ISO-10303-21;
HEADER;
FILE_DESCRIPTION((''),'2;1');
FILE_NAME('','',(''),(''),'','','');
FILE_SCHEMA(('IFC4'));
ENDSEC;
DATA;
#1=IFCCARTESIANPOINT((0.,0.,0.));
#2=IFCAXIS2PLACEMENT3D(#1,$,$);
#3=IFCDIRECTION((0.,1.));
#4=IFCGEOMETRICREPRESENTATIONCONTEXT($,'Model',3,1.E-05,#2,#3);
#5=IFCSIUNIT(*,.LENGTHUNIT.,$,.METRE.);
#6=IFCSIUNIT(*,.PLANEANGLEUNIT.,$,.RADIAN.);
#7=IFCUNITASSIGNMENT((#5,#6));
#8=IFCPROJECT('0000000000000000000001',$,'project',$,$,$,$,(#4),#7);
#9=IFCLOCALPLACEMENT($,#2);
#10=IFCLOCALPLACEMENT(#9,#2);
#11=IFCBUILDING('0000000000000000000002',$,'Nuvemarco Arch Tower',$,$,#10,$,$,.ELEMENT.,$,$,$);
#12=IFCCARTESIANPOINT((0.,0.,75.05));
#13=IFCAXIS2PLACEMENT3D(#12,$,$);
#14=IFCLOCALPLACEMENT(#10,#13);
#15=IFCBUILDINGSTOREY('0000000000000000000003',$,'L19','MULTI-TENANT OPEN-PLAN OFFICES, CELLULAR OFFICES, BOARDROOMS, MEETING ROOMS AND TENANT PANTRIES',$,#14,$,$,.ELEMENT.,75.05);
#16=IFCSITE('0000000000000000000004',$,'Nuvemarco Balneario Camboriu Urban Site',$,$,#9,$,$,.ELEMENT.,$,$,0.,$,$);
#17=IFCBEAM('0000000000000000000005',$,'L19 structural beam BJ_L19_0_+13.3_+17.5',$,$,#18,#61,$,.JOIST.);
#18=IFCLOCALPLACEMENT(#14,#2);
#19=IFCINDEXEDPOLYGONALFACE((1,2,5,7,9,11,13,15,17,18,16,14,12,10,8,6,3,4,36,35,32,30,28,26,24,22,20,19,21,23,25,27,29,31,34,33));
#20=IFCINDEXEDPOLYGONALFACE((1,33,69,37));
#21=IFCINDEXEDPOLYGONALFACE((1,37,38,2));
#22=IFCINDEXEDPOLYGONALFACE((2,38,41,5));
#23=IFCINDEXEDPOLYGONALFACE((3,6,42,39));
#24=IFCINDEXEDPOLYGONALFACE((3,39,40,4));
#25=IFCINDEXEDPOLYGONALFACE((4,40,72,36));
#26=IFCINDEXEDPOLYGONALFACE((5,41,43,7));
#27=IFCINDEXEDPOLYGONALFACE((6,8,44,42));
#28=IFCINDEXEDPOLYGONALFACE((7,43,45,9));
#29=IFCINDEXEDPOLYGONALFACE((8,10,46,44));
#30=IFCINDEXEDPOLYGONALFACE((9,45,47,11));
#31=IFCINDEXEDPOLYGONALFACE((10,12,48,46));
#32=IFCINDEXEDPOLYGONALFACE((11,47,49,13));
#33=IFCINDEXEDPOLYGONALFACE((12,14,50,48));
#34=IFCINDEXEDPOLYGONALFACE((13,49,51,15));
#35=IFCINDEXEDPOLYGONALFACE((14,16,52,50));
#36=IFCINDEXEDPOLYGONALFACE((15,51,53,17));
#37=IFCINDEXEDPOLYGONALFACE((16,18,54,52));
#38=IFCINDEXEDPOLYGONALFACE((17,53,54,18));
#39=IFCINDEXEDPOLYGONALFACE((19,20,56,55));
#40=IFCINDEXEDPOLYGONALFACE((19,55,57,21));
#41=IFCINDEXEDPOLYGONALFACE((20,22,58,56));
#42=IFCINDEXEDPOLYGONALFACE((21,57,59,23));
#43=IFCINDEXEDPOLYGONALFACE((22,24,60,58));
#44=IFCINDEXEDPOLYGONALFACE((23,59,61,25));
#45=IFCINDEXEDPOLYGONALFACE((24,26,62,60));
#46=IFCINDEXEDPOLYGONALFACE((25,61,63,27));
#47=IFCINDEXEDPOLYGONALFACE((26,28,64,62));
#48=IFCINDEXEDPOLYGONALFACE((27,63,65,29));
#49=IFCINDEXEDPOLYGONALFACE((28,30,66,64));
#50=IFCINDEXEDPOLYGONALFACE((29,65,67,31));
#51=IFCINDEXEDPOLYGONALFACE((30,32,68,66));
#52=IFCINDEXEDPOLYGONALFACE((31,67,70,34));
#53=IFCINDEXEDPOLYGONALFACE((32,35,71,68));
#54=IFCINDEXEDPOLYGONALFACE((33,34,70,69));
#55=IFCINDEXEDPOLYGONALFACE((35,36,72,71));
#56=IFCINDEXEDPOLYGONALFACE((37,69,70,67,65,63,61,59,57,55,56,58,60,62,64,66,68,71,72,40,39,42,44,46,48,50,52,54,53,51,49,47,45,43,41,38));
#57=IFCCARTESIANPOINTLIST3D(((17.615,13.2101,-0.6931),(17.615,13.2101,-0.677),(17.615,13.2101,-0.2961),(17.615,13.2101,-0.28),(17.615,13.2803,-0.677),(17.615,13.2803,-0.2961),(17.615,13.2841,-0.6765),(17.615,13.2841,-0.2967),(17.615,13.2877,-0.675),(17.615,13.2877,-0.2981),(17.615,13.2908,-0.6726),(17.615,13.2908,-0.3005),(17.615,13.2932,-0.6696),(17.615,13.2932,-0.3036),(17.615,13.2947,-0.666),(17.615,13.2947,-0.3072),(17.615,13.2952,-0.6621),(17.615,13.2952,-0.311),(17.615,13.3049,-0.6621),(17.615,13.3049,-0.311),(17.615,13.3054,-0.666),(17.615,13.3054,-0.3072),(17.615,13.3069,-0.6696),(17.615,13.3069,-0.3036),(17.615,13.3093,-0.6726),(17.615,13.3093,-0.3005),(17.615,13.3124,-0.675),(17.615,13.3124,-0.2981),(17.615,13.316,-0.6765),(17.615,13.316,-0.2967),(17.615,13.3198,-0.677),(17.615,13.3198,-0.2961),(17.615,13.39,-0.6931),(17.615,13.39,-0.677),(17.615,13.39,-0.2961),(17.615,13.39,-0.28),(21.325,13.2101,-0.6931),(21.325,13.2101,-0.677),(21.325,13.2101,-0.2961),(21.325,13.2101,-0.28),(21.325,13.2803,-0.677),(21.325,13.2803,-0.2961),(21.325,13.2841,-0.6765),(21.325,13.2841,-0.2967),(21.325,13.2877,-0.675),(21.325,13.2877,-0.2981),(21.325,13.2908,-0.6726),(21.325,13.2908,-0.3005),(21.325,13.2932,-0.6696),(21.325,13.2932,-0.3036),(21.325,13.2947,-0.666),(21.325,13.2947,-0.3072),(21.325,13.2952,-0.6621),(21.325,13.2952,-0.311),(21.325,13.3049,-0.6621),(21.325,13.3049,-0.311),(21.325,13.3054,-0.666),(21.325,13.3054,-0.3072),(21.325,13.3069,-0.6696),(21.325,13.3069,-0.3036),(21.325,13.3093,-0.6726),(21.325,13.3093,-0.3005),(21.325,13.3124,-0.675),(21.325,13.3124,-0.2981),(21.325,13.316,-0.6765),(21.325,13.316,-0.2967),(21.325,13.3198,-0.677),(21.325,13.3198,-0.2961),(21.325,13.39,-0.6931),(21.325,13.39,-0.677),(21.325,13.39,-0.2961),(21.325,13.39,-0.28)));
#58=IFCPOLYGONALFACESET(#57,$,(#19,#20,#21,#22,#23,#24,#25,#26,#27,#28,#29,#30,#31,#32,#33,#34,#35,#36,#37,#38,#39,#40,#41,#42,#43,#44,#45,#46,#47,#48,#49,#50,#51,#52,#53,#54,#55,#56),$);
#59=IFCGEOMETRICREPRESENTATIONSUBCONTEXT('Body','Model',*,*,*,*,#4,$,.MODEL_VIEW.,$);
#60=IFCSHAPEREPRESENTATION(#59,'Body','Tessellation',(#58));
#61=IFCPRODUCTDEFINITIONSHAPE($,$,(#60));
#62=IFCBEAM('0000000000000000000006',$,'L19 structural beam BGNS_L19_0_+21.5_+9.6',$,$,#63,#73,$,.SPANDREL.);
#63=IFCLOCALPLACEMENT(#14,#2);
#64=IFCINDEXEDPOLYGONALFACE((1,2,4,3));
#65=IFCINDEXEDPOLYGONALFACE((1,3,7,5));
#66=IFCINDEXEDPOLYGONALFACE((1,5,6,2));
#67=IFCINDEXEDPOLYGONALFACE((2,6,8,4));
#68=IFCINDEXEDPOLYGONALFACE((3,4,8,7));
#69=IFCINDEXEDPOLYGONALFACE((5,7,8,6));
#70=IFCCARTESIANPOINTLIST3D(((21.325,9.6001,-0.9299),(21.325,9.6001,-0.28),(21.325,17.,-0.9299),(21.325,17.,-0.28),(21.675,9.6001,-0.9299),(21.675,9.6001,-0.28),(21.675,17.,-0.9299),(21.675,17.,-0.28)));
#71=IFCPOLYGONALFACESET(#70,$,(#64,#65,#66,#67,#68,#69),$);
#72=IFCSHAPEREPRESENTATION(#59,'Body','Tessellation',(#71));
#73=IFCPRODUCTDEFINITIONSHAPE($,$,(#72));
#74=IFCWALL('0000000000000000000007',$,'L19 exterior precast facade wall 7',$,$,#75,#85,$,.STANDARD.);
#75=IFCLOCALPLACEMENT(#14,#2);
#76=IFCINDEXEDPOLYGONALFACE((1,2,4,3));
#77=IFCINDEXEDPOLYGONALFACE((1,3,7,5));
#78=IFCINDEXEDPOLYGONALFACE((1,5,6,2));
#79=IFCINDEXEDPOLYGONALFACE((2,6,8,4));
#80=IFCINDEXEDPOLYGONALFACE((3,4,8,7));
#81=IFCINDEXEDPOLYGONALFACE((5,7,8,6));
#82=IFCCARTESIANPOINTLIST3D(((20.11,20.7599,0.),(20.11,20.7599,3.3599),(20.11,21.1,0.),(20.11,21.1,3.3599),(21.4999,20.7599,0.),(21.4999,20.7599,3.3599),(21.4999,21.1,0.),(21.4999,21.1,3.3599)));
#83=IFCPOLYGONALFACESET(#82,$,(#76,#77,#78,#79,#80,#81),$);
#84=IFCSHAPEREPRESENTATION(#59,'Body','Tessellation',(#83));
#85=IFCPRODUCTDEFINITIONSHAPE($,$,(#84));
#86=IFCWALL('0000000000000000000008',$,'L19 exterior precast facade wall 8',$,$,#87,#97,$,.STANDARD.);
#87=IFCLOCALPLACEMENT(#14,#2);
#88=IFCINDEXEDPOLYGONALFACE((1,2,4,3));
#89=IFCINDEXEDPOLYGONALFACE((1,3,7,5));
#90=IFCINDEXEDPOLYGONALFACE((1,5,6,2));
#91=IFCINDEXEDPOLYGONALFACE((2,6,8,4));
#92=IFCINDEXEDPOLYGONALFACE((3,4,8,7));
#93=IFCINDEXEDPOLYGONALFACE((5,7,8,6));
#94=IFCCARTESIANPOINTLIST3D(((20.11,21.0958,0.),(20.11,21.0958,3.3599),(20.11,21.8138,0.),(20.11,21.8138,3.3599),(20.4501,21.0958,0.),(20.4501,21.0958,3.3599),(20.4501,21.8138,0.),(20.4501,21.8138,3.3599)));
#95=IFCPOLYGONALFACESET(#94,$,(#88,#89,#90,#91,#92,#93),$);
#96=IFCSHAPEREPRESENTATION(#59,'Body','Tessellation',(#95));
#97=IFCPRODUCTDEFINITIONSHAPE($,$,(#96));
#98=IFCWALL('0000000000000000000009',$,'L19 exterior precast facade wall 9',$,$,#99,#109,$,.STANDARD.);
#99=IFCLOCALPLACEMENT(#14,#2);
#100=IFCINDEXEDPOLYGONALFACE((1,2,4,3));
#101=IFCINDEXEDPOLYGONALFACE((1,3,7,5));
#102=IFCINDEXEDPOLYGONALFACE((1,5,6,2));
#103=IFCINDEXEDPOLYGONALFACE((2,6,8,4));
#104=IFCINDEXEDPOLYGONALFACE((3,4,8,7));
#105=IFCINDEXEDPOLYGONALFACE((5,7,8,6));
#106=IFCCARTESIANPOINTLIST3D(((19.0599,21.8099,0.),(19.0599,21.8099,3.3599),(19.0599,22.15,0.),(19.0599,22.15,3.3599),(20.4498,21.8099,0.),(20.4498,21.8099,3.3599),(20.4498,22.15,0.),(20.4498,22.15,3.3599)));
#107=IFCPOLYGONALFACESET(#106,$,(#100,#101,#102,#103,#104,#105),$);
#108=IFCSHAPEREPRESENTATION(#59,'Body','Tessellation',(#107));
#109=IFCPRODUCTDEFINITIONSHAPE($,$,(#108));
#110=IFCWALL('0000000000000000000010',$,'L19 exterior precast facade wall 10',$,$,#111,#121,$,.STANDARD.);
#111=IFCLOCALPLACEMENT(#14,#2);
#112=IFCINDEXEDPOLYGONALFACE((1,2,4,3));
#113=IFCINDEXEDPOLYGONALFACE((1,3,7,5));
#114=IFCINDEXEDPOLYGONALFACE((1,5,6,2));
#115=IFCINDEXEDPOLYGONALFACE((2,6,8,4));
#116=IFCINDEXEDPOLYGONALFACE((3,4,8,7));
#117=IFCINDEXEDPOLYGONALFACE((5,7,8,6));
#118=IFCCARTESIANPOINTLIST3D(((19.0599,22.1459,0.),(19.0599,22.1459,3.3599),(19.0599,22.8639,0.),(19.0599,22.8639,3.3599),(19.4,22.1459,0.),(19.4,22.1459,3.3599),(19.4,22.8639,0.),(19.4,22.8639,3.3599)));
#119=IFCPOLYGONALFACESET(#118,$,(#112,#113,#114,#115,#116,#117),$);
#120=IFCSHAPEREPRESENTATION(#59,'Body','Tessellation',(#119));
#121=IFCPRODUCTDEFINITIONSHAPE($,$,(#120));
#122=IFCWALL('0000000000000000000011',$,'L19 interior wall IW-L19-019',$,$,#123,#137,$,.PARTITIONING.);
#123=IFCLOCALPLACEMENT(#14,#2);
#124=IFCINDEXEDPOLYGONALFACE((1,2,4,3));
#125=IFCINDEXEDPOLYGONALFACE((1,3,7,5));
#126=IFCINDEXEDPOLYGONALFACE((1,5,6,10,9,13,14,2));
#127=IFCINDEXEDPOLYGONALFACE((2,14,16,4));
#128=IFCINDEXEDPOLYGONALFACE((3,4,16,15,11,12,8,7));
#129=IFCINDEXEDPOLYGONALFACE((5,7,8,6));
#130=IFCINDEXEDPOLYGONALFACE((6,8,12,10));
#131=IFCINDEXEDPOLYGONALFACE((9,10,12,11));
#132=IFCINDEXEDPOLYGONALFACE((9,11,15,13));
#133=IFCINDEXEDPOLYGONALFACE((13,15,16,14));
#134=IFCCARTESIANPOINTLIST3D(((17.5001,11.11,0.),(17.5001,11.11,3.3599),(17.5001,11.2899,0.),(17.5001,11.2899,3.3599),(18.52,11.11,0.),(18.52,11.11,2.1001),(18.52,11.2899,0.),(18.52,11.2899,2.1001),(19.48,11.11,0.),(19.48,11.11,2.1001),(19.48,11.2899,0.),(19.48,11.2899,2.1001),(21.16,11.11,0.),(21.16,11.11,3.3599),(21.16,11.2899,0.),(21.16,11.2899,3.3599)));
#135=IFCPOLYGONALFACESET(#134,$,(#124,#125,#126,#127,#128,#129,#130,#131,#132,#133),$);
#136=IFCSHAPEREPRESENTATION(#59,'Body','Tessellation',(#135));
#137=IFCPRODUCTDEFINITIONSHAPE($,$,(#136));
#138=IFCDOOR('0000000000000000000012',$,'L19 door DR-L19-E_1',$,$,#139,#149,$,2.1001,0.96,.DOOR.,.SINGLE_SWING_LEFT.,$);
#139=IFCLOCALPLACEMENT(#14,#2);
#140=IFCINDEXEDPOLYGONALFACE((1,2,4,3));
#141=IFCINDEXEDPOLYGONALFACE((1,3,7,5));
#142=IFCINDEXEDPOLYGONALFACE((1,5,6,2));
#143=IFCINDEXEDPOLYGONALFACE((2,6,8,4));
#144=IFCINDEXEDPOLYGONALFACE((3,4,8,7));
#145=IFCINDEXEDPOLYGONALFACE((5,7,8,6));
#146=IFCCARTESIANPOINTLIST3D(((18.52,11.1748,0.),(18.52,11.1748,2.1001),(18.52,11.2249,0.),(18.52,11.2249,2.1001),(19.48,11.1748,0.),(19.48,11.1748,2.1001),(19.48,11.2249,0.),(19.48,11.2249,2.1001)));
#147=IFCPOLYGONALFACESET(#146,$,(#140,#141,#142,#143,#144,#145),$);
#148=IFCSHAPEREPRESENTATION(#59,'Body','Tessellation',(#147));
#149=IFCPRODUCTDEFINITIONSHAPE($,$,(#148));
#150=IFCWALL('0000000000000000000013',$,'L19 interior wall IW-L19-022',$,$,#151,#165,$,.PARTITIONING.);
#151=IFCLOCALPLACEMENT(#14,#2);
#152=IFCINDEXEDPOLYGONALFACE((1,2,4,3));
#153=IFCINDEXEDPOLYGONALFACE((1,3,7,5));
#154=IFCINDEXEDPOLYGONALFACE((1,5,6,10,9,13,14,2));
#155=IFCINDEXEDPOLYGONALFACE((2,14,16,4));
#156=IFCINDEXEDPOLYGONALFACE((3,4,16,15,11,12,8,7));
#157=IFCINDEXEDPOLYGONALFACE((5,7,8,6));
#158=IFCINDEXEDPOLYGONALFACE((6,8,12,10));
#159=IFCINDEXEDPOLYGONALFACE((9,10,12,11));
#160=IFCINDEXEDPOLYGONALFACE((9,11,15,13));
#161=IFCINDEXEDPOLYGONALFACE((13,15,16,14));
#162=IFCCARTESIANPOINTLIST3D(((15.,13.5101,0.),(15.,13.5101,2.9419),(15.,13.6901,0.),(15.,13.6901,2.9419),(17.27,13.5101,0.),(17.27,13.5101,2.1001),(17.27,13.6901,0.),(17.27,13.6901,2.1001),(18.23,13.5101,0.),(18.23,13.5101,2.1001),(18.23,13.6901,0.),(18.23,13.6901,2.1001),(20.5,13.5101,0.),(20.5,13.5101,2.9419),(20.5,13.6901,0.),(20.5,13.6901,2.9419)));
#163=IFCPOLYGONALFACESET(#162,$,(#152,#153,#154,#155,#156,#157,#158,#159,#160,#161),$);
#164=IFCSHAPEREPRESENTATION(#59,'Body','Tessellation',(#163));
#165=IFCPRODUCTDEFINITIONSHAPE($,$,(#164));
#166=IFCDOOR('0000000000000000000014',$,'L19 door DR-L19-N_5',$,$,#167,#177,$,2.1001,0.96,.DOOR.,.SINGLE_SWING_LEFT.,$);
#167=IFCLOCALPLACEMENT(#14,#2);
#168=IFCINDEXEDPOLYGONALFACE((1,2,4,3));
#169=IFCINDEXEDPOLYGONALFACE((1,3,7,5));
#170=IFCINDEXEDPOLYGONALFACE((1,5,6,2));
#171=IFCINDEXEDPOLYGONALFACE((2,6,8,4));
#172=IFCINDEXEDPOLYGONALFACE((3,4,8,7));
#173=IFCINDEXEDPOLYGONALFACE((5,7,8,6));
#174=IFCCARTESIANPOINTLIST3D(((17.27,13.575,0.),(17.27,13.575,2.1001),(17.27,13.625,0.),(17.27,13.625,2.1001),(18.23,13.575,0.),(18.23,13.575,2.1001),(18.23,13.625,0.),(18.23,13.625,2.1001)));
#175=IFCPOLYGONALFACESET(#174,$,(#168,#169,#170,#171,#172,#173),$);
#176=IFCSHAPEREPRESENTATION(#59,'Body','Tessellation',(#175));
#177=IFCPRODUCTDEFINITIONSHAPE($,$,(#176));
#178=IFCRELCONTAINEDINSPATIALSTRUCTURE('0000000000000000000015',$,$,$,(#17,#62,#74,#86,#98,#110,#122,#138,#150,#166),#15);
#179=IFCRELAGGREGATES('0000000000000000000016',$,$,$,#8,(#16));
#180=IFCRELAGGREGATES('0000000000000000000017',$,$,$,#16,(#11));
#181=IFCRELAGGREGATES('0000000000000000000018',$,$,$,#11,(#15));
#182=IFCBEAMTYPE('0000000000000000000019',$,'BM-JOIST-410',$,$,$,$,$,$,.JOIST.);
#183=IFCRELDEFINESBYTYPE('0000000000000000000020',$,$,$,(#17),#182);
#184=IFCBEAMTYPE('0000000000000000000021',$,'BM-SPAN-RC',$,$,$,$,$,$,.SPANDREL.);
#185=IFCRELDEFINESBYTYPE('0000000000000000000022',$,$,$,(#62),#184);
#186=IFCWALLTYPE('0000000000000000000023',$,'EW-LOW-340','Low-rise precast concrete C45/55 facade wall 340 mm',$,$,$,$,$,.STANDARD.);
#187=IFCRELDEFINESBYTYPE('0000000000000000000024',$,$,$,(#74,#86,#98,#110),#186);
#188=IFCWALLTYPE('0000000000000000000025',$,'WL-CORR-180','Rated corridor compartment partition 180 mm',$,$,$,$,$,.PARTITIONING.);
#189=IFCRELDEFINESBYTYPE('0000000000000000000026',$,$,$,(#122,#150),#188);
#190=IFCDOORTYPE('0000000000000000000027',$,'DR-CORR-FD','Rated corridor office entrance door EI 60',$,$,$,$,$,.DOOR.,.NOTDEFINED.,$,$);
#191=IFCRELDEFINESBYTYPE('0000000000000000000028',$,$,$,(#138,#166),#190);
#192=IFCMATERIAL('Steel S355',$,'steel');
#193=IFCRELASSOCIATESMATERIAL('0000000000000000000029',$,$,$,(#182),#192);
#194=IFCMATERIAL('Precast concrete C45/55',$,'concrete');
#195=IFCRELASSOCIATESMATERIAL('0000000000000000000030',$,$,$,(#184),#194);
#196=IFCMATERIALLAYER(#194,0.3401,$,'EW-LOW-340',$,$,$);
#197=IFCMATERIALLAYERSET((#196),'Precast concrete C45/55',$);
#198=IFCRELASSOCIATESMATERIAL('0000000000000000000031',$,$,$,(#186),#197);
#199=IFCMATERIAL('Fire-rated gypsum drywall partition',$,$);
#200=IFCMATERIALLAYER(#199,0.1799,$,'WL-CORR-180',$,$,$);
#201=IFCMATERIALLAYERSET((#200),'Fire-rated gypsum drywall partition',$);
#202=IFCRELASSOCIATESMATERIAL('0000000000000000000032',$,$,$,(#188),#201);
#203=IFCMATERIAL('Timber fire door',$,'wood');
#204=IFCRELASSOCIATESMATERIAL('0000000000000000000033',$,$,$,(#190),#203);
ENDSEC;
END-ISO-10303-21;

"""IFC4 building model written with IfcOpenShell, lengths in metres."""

from ifc_helpers import new_model, si_unit, direction, frame, frame_2d, origin, origin_2d, place, context, subcontext, project, spatial, rectangle, i_section, extrude, source, transform, mapped, material, layer, layer_set, material_profile, profile_set, type_object, type_shapes, element, fill, save


model = new_model("IFC4")

# Units and contexts
model_context = context("Model", 3, precision=1e-05, world=origin(), true_north=direction((0.0, 1.0)))
body_context = subcontext(model_context, "Body", "Model", "MODEL_VIEW")
ifc_project = project(units=[si_unit("LENGTHUNIT", "METRE"), si_unit("PLANEANGLEUNIT", "RADIAN")], contexts=[model_context])

# Site, building, storey
site_placement = place(None, origin())
site = spatial("IfcSite", under=ifc_project, at=site_placement, Name="Nuvemarco Balneario Camboriu Urban Site", CompositionType="ELEMENT", RefElevation=0.0)
building_placement = place(site_placement, origin())
building = spatial("IfcBuilding", under=site, at=building_placement, Name="Nuvemarco Arch Tower", CompositionType="ELEMENT")
storey_placement = place(building_placement, frame((0.0, 0.0, 75.05)))
storey = spatial("IfcBuildingStorey", under=building, at=storey_placement, Name="L19", Description="MULTI-TENANT OPEN-PLAN OFFICES, CELLULAR OFFICES, BOARDROOMS, MEETING ROOMS AND TENANT PANTRIES", CompositionType="ELEMENT", Elevation=75.05)

# Shared definitions
ifc_material_1 = material(Name="Steel S355", Category="steel")

# Beams
ifc_material_profile_1 = material_profile(ifc_material_1, i_section(OverallWidth=0.1799, OverallDepth=0.4131, WebThickness=0.0098, FlangeThickness=0.0161, FilletRadius=0.0149, at=origin_2d()), Name="W410x75")
ifc_profile_set_1 = profile_set([ifc_material_profile_1], Name="Steel S355")
beam_type_1 = type_object("IfcBeamType", Name="BM-JOIST-410", PredefinedType="JOIST", material=ifc_profile_set_1)
beam_1_placement = place(storey_placement, frame((17.615, 13.3, -0.4866), z_axis=(1.0, 0.0, 0.0), x_axis=(0.0, 1.0, 0.0)))
element("IfcBeam", 1, at=beam_1_placement, inside=storey, type_object=beam_type_1, Name="L19 structural beam BJ_L19_0_+13.3_+17.5", PredefinedType="JOIST", context=body_context, shape_type="SweptSolid", body=[
    extrude(i_section(OverallWidth=0.1799, OverallDepth=0.4131, WebThickness=0.0098, FlangeThickness=0.0161, FilletRadius=0.0149, at=origin_2d()), origin(), (0.0, 0.0, 1.0), 3.71),
])
ifc_material_2 = material(Name="Precast concrete C45/55", Category="concrete")
ifc_material_profile_2 = material_profile(ifc_material_2, rectangle(XDim=0.3501, YDim=0.6499, at=origin_2d()), Name="PC-SP-350x650")
ifc_profile_set_2 = profile_set([ifc_material_profile_2], Name="Precast concrete C45/55")
beam_type_2 = type_object("IfcBeamType", Name="BM-SPAN-RC", PredefinedType="SPANDREL", material=ifc_profile_set_2)
beam_2_placement = place(storey_placement, frame((21.5, 9.6001, -0.605), z_axis=(0.0, 1.0, 0.0), x_axis=(-1.0, 0.0, 0.0)))
element("IfcBeam", 2, at=beam_2_placement, inside=storey, type_object=beam_type_2, Name="L19 structural beam BGNS_L19_0_+21.5_+9.6", PredefinedType="SPANDREL", context=body_context, shape_type="SweptSolid", body=[
    extrude(rectangle(XDim=0.3501, YDim=0.6499, at=origin_2d()), origin(), (0.0, 0.0, 1.0), 7.3999),
])

# Walls
ifc_layer_1 = layer(ifc_material_2, 0.3401, Name="EW-LOW-340")
ifc_layer_set_1 = layer_set([ifc_layer_1], Name="Precast concrete C45/55")
wall_type_1 = type_object("IfcWallType", Name="EW-LOW-340", Description="Low-rise precast concrete C45/55 facade wall 340 mm", PredefinedType="STANDARD", material=ifc_layer_set_1)
wall_1_placement = place(storey_placement, frame((20.1101, 20.9299, 0.0), z_axis=(0.0, 0.0, 1.0), x_axis=(1.0, 0.0, 0.0)))
element("IfcWall", 3, at=wall_1_placement, inside=storey, type_object=wall_type_1, Name="L19 exterior precast facade wall 7", PredefinedType="STANDARD", context=body_context, shape_type="SweptSolid", body=[
    extrude(rectangle(XDim=1.3899, YDim=0.3401, at=frame_2d((0.6948, 0.0))), origin(), (0.0, 0.0, 1.0), 3.3599),
])
wall_2_placement = place(storey_placement, frame((20.28, 21.0959, 0.0), z_axis=(0.0, 0.0, 1.0), x_axis=(0.0, 1.0, 0.0)))
element("IfcWall", 4, at=wall_2_placement, inside=storey, type_object=wall_type_1, Name="L19 exterior precast facade wall 8", PredefinedType="STANDARD", context=body_context, shape_type="SweptSolid", body=[
    extrude(rectangle(XDim=0.718, YDim=0.3401, at=frame_2d((0.3589, 0.0))), origin(), (0.0, 0.0, 1.0), 3.3599),
])
wall_3_placement = place(storey_placement, frame((19.0601, 21.98, 0.0), z_axis=(0.0, 0.0, 1.0), x_axis=(1.0, 0.0, 0.0)))
element("IfcWall", 5, at=wall_3_placement, inside=storey, type_object=wall_type_1, Name="L19 exterior precast facade wall 9", PredefinedType="STANDARD", context=body_context, shape_type="SweptSolid", body=[
    extrude(rectangle(XDim=1.3899, YDim=0.3401, at=frame_2d((0.6948, 0.0))), origin(), (0.0, 0.0, 1.0), 3.3599),
])
wall_4_placement = place(storey_placement, frame((19.23, 22.146, 0.0), z_axis=(0.0, 0.0, 1.0), x_axis=(0.0, 1.0, 0.0)))
element("IfcWall", 6, at=wall_4_placement, inside=storey, type_object=wall_type_1, Name="L19 exterior precast facade wall 10", PredefinedType="STANDARD", context=body_context, shape_type="SweptSolid", body=[
    extrude(rectangle(XDim=0.718, YDim=0.3401, at=frame_2d((0.3589, 0.0))), origin(), (0.0, 0.0, 1.0), 3.3599),
])

# Walls, openings, doors
ifc_material_3 = material(Name="Fire-rated gypsum drywall partition")
ifc_layer_2 = layer(ifc_material_3, 0.1799, Name="WL-CORR-180")
ifc_layer_set_2 = layer_set([ifc_layer_2], Name="Fire-rated gypsum drywall partition")
wall_type_2 = type_object("IfcWallType", Name="WL-CORR-180", Description="Rated corridor compartment partition 180 mm", PredefinedType="PARTITIONING", material=ifc_layer_set_2)
wall_5_placement = place(storey_placement, frame((17.5, 11.2, 0.0), z_axis=(0.0, 0.0, 1.0), x_axis=(1.0, 0.0, 0.0)))
wall_5 = element("IfcWall", 7, at=wall_5_placement, inside=storey, type_object=wall_type_2, Name="L19 interior wall IW-L19-019", PredefinedType="PARTITIONING", context=body_context, shape_type="SweptSolid", body=[
    extrude(rectangle(XDim=3.6599, YDim=0.1799, at=frame_2d((1.8301, 0.0))), origin(), (0.0, 0.0, 1.0), 3.3599),
])
opening_1_placement = place(wall_5_placement, frame((1.02, 0.0, 0.0)))
opening_1 = element("IfcOpeningElement", 8, at=opening_1_placement, cuts=wall_5, PredefinedType="OPENING", context=body_context, shape_type="SweptSolid", body=[
    extrude(rectangle(XDim=0.96, YDim=2.1001, at=frame_2d((0.48, 1.05))), frame((0.0, 0.0999, 0.0), z_axis=(0.0, -1.0, 0.0), x_axis=(1.0, 0.0, 0.0)), (0.0, 0.0, 1.0), 0.2),
])
ifc_material_4 = material(Name="Timber fire door", Category="wood")
door_type = type_object("IfcDoorType", Name="DR-CORR-FD", Description="Rated corridor office entrance door EI 60", OperationType="NOTDEFINED", PredefinedType="DOOR", material=ifc_material_4)
shared_shape_1 = source(origin(), body_context, "Body", "SweptSolid", [
    extrude(rectangle(XDim=0.96, YDim=2.1001, at=frame_2d((0.48, 1.05))), frame((0.0, 0.0249, 0.0), z_axis=(0.0, -1.0, 0.0), x_axis=(1.0, 0.0, 0.0)), (0.0, 0.0, 1.0), 0.05),
])
type_shapes(door_type, [shared_shape_1])
door_1_placement = place(opening_1_placement, origin())
door_1 = element("IfcDoor", 9, at=door_1_placement, inside=storey, type_object=door_type, Name="L19 door DR-L19-E_1", OperationType="SINGLE_SWING_LEFT", OverallHeight=2.1001, OverallWidth=0.96, PredefinedType="DOOR", context=body_context, shape_type="MappedRepresentation", body=[
    mapped(shared_shape_1, transform((0.0, 0.0, 0.0), scale=1.0)),
])
fill(opening_1, door_1)
wall_6_placement = place(storey_placement, frame((15.0, 13.6001, 0.0), z_axis=(0.0, 0.0, 1.0), x_axis=(1.0, 0.0, 0.0)))
wall_6 = element("IfcWall", 10, at=wall_6_placement, inside=storey, type_object=wall_type_2, Name="L19 interior wall IW-L19-022", PredefinedType="PARTITIONING", context=body_context, shape_type="SweptSolid", body=[
    extrude(rectangle(XDim=5.5, YDim=0.1799, at=frame_2d((2.75, 0.0))), origin(), (0.0, 0.0, 1.0), 2.9419),
])
opening_2_placement = place(wall_6_placement, frame((2.27, 0.0, 0.0)))
opening_2 = element("IfcOpeningElement", 11, at=opening_2_placement, cuts=wall_6, PredefinedType="OPENING", context=body_context, shape_type="SweptSolid", body=[
    extrude(rectangle(XDim=0.96, YDim=2.1001, at=frame_2d((0.48, 1.05))), frame((0.0, 0.0999, 0.0), z_axis=(0.0, -1.0, 0.0), x_axis=(1.0, 0.0, 0.0)), (0.0, 0.0, 1.0), 0.2),
])
door_2_placement = place(opening_2_placement, origin())
door_2 = element("IfcDoor", 12, at=door_2_placement, inside=storey, type_object=door_type, Name="L19 door DR-L19-N_5", OperationType="SINGLE_SWING_LEFT", OverallHeight=2.1001, OverallWidth=0.96, PredefinedType="DOOR", context=body_context, shape_type="MappedRepresentation", body=[
    mapped(shared_shape_1, transform((0.0, 0.0, 0.0), scale=1.0)),
])
fill(opening_2, door_2)

save(model, "model.ifc")
